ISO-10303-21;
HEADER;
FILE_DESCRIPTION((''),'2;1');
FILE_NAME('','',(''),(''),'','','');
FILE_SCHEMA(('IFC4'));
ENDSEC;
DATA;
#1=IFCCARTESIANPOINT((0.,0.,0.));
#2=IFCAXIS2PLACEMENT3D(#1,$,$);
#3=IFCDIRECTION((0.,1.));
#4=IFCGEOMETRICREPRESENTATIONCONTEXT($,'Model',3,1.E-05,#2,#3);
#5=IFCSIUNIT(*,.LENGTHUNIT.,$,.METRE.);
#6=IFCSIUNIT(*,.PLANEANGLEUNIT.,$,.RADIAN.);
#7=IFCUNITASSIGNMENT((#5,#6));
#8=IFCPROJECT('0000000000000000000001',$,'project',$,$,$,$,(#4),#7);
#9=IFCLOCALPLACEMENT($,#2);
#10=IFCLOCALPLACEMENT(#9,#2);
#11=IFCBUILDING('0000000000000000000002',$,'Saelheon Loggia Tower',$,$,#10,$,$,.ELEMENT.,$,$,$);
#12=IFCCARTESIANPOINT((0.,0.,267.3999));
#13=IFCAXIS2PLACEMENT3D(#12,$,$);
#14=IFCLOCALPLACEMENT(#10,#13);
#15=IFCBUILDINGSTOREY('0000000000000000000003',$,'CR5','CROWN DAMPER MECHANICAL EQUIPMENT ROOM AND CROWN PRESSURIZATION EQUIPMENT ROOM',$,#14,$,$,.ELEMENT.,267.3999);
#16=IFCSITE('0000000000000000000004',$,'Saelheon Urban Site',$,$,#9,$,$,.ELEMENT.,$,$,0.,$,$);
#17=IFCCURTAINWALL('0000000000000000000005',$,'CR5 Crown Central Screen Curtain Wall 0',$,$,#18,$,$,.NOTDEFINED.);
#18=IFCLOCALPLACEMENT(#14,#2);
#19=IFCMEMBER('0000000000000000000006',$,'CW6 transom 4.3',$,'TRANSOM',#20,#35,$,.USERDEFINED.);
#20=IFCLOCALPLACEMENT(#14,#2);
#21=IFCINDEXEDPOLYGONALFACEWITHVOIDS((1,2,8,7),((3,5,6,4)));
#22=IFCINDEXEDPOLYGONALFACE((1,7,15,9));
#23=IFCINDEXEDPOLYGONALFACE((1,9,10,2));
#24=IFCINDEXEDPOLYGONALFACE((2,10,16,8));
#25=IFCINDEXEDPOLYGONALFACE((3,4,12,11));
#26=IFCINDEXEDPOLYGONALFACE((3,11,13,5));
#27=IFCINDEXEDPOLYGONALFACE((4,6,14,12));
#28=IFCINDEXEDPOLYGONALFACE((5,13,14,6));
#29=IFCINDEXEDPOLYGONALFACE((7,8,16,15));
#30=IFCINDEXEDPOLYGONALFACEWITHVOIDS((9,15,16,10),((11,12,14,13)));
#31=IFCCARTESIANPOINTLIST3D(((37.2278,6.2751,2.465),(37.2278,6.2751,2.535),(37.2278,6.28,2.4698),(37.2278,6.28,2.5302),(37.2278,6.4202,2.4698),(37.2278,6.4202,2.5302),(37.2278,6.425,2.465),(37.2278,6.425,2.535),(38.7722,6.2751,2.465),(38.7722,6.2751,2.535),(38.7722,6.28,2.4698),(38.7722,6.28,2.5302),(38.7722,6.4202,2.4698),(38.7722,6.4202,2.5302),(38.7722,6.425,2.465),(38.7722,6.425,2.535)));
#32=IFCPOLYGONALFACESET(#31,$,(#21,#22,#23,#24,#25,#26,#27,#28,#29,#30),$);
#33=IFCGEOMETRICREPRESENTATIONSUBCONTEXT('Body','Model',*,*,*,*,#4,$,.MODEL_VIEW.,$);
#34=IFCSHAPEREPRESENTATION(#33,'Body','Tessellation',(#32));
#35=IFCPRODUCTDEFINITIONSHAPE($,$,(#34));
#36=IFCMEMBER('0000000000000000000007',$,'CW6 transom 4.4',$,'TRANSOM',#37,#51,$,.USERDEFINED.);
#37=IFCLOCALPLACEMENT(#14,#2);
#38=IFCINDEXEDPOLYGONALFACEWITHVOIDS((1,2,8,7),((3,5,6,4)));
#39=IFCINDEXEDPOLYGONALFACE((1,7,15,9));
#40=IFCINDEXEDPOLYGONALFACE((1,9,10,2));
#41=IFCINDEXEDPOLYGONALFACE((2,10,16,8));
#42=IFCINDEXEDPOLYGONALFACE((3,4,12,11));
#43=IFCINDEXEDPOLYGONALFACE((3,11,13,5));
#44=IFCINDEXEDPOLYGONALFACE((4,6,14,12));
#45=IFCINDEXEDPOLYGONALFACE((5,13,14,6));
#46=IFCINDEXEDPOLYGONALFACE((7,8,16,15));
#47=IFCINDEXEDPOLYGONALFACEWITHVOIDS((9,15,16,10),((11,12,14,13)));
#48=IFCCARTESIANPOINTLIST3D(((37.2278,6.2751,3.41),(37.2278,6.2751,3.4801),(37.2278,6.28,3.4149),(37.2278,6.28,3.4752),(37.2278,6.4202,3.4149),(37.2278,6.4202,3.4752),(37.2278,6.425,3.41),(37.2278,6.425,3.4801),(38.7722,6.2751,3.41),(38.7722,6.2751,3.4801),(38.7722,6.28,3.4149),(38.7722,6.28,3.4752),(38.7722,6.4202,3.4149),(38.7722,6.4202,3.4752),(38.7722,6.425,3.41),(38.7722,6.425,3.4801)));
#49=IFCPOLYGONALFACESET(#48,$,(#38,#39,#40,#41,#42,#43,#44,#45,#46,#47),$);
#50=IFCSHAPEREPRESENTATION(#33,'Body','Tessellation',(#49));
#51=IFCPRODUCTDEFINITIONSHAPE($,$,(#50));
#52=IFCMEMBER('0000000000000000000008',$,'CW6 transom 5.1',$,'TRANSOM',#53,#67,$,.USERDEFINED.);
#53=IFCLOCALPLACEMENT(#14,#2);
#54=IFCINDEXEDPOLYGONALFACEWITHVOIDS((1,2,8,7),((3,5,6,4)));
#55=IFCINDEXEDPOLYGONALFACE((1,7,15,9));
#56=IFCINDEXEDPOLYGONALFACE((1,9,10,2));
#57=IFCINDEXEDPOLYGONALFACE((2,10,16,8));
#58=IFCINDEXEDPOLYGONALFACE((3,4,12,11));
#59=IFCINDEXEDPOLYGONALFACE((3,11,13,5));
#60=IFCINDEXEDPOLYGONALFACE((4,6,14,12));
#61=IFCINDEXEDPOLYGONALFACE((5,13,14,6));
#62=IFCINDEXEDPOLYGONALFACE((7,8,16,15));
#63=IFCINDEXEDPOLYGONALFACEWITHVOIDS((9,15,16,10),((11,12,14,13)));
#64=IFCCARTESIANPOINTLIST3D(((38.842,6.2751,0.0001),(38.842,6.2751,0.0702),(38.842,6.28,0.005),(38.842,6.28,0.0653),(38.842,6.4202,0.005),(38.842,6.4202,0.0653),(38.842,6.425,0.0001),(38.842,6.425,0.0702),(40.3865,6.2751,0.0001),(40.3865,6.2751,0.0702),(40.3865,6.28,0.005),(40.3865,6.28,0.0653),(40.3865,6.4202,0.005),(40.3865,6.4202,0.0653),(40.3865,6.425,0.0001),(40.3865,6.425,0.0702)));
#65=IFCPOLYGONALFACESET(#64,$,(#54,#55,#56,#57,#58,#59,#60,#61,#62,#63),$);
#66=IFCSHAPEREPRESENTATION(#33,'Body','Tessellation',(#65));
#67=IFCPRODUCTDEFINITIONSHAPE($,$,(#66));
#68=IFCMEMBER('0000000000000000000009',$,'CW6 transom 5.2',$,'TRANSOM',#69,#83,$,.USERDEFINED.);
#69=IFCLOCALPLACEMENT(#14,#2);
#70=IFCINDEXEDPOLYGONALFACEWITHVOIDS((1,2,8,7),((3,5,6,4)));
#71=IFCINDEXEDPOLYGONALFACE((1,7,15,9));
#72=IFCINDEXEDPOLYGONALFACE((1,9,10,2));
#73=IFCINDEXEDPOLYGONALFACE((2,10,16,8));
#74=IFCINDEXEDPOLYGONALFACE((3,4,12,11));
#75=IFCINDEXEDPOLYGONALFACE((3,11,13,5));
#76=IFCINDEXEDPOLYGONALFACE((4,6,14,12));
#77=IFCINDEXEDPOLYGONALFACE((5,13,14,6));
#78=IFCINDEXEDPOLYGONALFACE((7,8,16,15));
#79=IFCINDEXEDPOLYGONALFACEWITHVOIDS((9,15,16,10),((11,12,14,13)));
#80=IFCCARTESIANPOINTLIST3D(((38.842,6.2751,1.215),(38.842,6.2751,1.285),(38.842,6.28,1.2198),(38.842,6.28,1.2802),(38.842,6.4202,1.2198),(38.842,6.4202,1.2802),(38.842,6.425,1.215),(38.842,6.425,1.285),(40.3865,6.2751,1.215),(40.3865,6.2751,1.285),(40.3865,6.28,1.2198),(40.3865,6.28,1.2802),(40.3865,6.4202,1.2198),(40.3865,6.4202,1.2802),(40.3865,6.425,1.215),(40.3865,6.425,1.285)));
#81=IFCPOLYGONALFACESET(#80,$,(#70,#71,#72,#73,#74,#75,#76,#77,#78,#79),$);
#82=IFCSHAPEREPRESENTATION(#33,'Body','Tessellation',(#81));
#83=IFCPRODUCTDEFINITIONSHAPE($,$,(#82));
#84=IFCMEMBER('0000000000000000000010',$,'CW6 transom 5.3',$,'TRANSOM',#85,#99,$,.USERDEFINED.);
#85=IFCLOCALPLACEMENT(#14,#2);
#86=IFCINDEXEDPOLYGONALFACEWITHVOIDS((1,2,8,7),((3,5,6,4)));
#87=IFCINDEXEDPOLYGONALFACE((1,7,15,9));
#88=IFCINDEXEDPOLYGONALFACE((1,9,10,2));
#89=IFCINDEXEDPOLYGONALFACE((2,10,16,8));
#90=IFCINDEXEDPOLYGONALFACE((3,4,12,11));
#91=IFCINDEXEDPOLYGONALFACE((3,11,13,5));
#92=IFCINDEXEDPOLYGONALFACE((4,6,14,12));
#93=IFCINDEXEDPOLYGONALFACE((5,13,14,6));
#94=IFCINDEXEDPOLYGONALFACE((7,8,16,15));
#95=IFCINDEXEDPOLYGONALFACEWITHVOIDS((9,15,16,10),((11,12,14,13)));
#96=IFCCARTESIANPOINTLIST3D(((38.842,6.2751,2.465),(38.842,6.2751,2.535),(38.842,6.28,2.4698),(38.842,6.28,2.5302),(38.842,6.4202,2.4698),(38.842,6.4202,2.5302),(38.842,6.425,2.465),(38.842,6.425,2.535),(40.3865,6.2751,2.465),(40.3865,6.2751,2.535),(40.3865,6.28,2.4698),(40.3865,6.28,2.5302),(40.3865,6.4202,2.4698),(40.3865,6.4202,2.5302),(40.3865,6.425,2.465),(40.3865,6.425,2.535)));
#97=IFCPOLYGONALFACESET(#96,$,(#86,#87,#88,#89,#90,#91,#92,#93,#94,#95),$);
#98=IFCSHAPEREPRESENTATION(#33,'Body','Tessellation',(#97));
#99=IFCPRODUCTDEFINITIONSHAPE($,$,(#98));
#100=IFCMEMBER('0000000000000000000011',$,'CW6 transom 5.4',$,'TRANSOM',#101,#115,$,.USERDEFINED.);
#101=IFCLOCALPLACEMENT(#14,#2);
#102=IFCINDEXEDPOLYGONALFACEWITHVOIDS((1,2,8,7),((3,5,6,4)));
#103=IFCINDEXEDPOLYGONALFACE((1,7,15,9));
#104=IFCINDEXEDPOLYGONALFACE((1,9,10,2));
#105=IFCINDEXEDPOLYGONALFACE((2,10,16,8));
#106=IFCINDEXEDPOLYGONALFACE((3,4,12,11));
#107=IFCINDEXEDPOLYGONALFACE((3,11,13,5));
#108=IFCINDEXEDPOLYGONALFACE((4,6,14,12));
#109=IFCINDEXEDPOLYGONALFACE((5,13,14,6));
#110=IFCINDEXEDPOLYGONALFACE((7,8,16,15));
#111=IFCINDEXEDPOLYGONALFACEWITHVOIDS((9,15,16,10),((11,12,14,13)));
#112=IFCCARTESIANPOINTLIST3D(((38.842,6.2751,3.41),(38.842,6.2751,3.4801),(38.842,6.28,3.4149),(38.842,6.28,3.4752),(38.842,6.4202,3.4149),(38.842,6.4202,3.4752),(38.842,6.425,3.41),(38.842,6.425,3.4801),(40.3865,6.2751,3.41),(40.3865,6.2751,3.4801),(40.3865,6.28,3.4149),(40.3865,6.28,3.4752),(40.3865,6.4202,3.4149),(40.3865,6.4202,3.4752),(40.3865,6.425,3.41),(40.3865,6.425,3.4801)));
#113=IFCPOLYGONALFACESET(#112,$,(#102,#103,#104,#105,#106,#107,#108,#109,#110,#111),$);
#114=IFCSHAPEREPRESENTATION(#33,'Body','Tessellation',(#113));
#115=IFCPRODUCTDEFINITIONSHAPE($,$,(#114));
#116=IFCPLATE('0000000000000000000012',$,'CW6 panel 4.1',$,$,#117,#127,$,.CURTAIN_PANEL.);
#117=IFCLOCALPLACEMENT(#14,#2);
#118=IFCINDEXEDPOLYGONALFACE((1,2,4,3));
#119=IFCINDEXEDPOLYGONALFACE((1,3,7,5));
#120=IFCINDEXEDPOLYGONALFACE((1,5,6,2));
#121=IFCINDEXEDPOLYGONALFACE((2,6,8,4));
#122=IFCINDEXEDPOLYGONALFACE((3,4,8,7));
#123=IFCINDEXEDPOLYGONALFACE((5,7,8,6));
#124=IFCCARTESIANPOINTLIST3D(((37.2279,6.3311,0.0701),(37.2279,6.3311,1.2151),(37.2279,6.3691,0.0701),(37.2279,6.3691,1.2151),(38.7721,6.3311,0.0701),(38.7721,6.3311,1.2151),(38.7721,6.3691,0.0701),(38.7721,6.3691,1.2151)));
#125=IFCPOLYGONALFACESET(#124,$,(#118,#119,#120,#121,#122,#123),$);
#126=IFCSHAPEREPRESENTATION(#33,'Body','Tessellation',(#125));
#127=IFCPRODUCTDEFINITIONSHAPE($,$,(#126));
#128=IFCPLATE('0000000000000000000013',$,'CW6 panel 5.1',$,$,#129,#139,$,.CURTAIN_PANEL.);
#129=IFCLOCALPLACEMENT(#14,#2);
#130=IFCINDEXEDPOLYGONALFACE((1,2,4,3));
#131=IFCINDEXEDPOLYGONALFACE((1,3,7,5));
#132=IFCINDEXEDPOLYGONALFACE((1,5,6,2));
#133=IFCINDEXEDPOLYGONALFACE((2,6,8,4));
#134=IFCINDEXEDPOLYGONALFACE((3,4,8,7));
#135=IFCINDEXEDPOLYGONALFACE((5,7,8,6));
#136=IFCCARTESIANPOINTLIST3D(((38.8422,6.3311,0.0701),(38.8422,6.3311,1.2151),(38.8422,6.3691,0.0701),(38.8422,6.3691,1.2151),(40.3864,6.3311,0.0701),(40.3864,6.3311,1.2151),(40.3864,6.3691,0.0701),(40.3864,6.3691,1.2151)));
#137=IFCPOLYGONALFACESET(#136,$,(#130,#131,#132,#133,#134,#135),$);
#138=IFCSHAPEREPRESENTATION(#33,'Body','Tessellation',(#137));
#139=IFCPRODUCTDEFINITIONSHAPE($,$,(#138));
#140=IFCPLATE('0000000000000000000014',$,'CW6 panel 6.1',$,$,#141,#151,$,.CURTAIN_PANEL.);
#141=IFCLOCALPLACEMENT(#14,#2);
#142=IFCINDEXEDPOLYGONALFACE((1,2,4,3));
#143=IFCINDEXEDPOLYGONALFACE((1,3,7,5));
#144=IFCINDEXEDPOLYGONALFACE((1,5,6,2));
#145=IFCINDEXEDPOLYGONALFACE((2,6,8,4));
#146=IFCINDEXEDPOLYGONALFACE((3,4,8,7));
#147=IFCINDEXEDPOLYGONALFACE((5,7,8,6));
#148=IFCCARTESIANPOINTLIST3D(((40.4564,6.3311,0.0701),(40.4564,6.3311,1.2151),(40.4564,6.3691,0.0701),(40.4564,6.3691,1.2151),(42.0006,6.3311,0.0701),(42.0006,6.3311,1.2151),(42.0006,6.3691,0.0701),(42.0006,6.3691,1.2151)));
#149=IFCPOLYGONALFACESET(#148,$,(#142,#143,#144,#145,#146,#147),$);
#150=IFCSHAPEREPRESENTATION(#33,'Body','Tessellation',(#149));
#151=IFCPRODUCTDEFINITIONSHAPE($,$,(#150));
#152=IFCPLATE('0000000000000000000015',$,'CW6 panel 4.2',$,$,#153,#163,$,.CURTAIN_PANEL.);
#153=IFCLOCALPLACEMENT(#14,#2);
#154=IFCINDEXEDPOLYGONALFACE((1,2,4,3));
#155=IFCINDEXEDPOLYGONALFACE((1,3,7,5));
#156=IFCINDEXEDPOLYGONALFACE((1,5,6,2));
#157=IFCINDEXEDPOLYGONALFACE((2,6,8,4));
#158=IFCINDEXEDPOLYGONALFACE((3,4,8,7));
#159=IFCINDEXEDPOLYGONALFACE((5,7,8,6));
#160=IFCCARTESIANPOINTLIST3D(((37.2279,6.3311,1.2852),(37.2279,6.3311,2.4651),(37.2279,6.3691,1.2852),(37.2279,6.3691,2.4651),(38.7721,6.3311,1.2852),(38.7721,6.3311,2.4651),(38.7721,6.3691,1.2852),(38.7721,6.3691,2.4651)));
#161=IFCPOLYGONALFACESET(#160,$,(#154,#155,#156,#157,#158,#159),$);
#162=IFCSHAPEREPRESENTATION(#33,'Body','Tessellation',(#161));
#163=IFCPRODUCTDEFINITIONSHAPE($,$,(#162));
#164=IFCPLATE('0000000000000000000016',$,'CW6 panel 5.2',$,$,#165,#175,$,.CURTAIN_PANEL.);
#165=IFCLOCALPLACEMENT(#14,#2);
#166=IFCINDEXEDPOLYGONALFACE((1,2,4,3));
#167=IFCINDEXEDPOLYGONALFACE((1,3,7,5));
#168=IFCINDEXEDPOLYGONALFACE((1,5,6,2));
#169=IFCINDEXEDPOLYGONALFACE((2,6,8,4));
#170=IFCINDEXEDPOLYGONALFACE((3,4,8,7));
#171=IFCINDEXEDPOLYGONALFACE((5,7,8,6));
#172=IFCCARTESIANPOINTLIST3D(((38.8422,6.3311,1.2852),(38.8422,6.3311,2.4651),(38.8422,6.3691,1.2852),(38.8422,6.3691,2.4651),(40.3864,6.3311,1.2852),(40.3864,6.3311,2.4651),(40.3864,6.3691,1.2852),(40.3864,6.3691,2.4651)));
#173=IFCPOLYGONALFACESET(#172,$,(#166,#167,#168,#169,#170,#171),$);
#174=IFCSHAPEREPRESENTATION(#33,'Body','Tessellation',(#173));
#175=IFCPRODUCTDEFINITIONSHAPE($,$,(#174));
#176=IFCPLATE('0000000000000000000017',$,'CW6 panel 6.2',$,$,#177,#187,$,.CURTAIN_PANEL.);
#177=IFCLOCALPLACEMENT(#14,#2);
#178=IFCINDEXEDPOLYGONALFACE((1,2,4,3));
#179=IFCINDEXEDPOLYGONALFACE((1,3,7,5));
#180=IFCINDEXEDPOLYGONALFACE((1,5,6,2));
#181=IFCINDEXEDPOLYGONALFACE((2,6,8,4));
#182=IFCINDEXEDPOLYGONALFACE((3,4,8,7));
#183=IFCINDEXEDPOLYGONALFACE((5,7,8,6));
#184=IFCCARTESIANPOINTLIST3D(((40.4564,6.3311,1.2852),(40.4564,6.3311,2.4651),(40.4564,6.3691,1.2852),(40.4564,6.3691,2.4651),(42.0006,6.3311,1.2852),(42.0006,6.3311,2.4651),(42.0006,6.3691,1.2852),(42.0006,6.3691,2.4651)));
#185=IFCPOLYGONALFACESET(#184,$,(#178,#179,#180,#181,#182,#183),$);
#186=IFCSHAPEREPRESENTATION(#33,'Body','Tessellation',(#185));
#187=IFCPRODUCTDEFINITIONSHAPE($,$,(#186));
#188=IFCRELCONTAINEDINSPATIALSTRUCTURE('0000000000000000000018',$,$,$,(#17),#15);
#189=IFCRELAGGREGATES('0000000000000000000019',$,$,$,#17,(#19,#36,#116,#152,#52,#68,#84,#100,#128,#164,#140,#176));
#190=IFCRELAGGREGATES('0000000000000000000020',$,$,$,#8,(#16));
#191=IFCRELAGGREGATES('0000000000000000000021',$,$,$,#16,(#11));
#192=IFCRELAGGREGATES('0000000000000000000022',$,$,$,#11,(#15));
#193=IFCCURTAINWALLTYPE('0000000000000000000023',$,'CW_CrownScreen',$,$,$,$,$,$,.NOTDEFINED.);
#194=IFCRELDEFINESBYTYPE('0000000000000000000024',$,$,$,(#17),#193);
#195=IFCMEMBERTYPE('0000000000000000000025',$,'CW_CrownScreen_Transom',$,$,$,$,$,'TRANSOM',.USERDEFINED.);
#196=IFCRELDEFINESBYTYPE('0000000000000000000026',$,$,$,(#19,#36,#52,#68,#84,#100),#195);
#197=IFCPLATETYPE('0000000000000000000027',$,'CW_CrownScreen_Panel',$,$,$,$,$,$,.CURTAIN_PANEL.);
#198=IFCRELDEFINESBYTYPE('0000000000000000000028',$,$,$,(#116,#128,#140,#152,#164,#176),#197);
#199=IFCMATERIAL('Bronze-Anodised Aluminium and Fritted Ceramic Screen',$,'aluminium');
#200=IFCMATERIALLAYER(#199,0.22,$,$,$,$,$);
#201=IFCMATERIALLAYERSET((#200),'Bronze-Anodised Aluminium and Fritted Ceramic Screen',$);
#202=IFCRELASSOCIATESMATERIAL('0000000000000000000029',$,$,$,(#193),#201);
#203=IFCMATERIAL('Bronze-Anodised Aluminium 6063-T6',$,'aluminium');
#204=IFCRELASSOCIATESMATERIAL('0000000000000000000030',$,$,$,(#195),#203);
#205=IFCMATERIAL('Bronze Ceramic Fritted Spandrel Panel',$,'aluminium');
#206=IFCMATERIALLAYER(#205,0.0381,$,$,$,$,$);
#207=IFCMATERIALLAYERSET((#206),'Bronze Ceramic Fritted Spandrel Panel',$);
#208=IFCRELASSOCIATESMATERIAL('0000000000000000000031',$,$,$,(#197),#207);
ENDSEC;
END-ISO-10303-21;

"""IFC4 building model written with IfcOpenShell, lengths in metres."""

from ifc_helpers import new_model, si_unit, direction, frame, origin, origin_2d, place, context, subcontext, project, spatial, rectangle, hollow_rectangle, extrude, source, transform, mapped, material, layer, layer_set, material_profile, profile_set, type_object, element, aggregate, save


model = new_model("IFC4")

# Units and contexts
model_context = context("Model", 3, precision=1e-05, world=origin(), true_north=direction((0.0, 1.0)))
body_context = subcontext(model_context, "Body", "Model", "MODEL_VIEW")
ifc_project = project(units=[si_unit("LENGTHUNIT", "METRE"), si_unit("PLANEANGLEUNIT", "RADIAN")], contexts=[model_context])

# Site, building, storey
site_placement = place(None, origin())
site = spatial("IfcSite", under=ifc_project, at=site_placement, Name="Saelheon Urban Site", CompositionType="ELEMENT", RefElevation=0.0)
building_placement = place(site_placement, origin())
building = spatial("IfcBuilding", under=site, at=building_placement, Name="Saelheon Loggia Tower", CompositionType="ELEMENT")
storey_placement = place(building_placement, frame((0.0, 0.0, 267.3999)))
storey = spatial("IfcBuildingStorey", under=building, at=storey_placement, Name="CR5", Description="CROWN DAMPER MECHANICAL EQUIPMENT ROOM AND CROWN PRESSURIZATION EQUIPMENT ROOM", CompositionType="ELEMENT", Elevation=267.3999)

# Curtain wall, members, plates
ifc_material_1 = material(Name="Bronze-Anodised Aluminium and Fritted Ceramic Screen", Category="aluminium")
ifc_layer_1 = layer(ifc_material_1, 0.22)
ifc_layer_set_1 = layer_set([ifc_layer_1], Name="Bronze-Anodised Aluminium and Fritted Ceramic Screen")
curtain_wall_type = type_object("IfcCurtainWallType", Name="CW_CrownScreen", PredefinedType="NOTDEFINED", material=ifc_layer_set_1)
curtain_wall_placement = place(storey_placement, origin())
curtain_wall = element("IfcCurtainWall", 1, at=curtain_wall_placement, inside=storey, type_object=curtain_wall_type, Name="CR5 Crown Central Screen Curtain Wall 0", PredefinedType="NOTDEFINED")
ifc_material_2 = material(Name="Bronze-Anodised Aluminium 6063-T6", Category="aluminium")
ifc_material_profile_1 = material_profile(ifc_material_2, hollow_rectangle(XDim=0.0701, YDim=0.1499, WallThickness=0.0049, at=origin_2d()), Name="RHS-150x70x5")
ifc_profile_set_1 = profile_set([ifc_material_profile_1], Name="Bronze-Anodised Aluminium 6063-T6")
member_type_1 = type_object("IfcMemberType", Name="CW_CrownScreen_Transom", ElementType="TRANSOM", PredefinedType="USERDEFINED", material=ifc_profile_set_1)
shared_shape_1 = source(origin(), body_context, "Body", "SweptSolid", [
    extrude(hollow_rectangle(XDim=0.0701, YDim=0.1499, WallThickness=0.0049, at=origin_2d()), origin(), (0.0, 0.0, 1.0), 1.5444),
])
member_1_placement = place(storey_placement, frame((37.2278, 6.3501, 2.5), z_axis=(1.0, 0.0, 0.0), x_axis=(0.0, 0.0, 1.0)))
member_1 = element("IfcMember", 2, at=member_1_placement, type_object=member_type_1, Name="CW6 transom 4.3", ObjectType="TRANSOM", PredefinedType="USERDEFINED", context=body_context, shape_type="MappedRepresentation", body=[
    mapped(shared_shape_1, transform((0.0, 0.0, 0.0), scale=1.0)),
])
member_2_placement = place(storey_placement, frame((37.2278, 6.3501, 3.4451), z_axis=(1.0, 0.0, 0.0), x_axis=(0.0, 0.0, 1.0)))
member_2 = element("IfcMember", 3, at=member_2_placement, type_object=member_type_1, Name="CW6 transom 4.4", ObjectType="TRANSOM", PredefinedType="USERDEFINED", context=body_context, shape_type="MappedRepresentation", body=[
    mapped(shared_shape_1, transform((0.0, 0.0, 0.0), scale=1.0)),
])
member_3_placement = place(storey_placement, frame((38.842, 6.3501, 0.0352), z_axis=(1.0, 0.0, 0.0), x_axis=(0.0, 0.0, 1.0)))
member_3 = element("IfcMember", 4, at=member_3_placement, type_object=member_type_1, Name="CW6 transom 5.1", ObjectType="TRANSOM", PredefinedType="USERDEFINED", context=body_context, shape_type="MappedRepresentation", body=[
    mapped(shared_shape_1, transform((0.0, 0.0, 0.0), scale=1.0)),
])
member_4_placement = place(storey_placement, frame((38.842, 6.3501, 1.25), z_axis=(1.0, 0.0, 0.0), x_axis=(0.0, 0.0, 1.0)))
member_4 = element("IfcMember", 5, at=member_4_placement, type_object=member_type_1, Name="CW6 transom 5.2", ObjectType="TRANSOM", PredefinedType="USERDEFINED", context=body_context, shape_type="MappedRepresentation", body=[
    mapped(shared_shape_1, transform((0.0, 0.0, 0.0), scale=1.0)),
])
member_5_placement = place(storey_placement, frame((38.842, 6.3501, 2.5), z_axis=(1.0, 0.0, 0.0), x_axis=(0.0, 0.0, 1.0)))
member_5 = element("IfcMember", 6, at=member_5_placement, type_object=member_type_1, Name="CW6 transom 5.3", ObjectType="TRANSOM", PredefinedType="USERDEFINED", context=body_context, shape_type="MappedRepresentation", body=[
    mapped(shared_shape_1, transform((0.0, 0.0, 0.0), scale=1.0)),
])
member_6_placement = place(storey_placement, frame((38.842, 6.3501, 3.4451), z_axis=(1.0, 0.0, 0.0), x_axis=(0.0, 0.0, 1.0)))
member_6 = element("IfcMember", 7, at=member_6_placement, type_object=member_type_1, Name="CW6 transom 5.4", ObjectType="TRANSOM", PredefinedType="USERDEFINED", context=body_context, shape_type="MappedRepresentation", body=[
    mapped(shared_shape_1, transform((0.0, 0.0, 0.0), scale=1.0)),
])
ifc_material_3 = material(Name="Bronze Ceramic Fritted Spandrel Panel", Category="aluminium")
ifc_layer_2 = layer(ifc_material_3, 0.0381)
ifc_layer_set_2 = layer_set([ifc_layer_2], Name="Bronze Ceramic Fritted Spandrel Panel")
plate_type = type_object("IfcPlateType", Name="CW_CrownScreen_Panel", PredefinedType="CURTAIN_PANEL", material=ifc_layer_set_2)
shared_shape_2 = source(origin(), body_context, "Body", "SweptSolid", [
    extrude(rectangle(XDim=1.5442, YDim=0.0381, at=origin_2d()), origin(), (0.0, 0.0, 1.0), 1.145),
])
plate_1_placement = place(storey_placement, frame((38.0, 6.3501, 0.0701), z_axis=(0.0, 0.0, 1.0), x_axis=(1.0, 0.0, 0.0)))
plate_1 = element("IfcPlate", 8, at=plate_1_placement, type_object=plate_type, Name="CW6 panel 4.1", PredefinedType="CURTAIN_PANEL", context=body_context, shape_type="MappedRepresentation", body=[
    mapped(shared_shape_2, transform((0.0, 0.0, 0.0), scale=1.0)),
])
plate_2_placement = place(storey_placement, frame((39.6143, 6.3501, 0.0701), z_axis=(0.0, 0.0, 1.0), x_axis=(1.0, 0.0, 0.0)))
plate_2 = element("IfcPlate", 9, at=plate_2_placement, type_object=plate_type, Name="CW6 panel 5.1", PredefinedType="CURTAIN_PANEL", context=body_context, shape_type="MappedRepresentation", body=[
    mapped(shared_shape_2, transform((0.0, 0.0, 0.0), scale=1.0)),
])
plate_3_placement = place(storey_placement, frame((41.2285, 6.3501, 0.0701), z_axis=(0.0, 0.0, 1.0), x_axis=(1.0, 0.0, 0.0)))
plate_3 = element("IfcPlate", 10, at=plate_3_placement, type_object=plate_type, Name="CW6 panel 6.1", PredefinedType="CURTAIN_PANEL", context=body_context, shape_type="MappedRepresentation", body=[
    mapped(shared_shape_2, transform((0.0, 0.0, 0.0), scale=1.0)),
])
shared_shape_3 = source(origin(), body_context, "Body", "SweptSolid", [
    extrude(rectangle(XDim=1.5442, YDim=0.0381, at=origin_2d()), origin(), (0.0, 0.0, 1.0), 1.1799),
])
plate_4_placement = place(storey_placement, frame((38.0, 6.3501, 1.2852), z_axis=(0.0, 0.0, 1.0), x_axis=(1.0, 0.0, 0.0)))
plate_4 = element("IfcPlate", 11, at=plate_4_placement, type_object=plate_type, Name="CW6 panel 4.2", PredefinedType="CURTAIN_PANEL", context=body_context, shape_type="MappedRepresentation", body=[
    mapped(shared_shape_3, transform((0.0, 0.0, 0.0), scale=1.0)),
])
plate_5_placement = place(storey_placement, frame((39.6143, 6.3501, 1.2852), z_axis=(0.0, 0.0, 1.0), x_axis=(1.0, 0.0, 0.0)))
plate_5 = element("IfcPlate", 12, at=plate_5_placement, type_object=plate_type, Name="CW6 panel 5.2", PredefinedType="CURTAIN_PANEL", context=body_context, shape_type="MappedRepresentation", body=[
    mapped(shared_shape_3, transform((0.0, 0.0, 0.0), scale=1.0)),
])
plate_6_placement = place(storey_placement, frame((41.2285, 6.3501, 1.2852), z_axis=(0.0, 0.0, 1.0), x_axis=(1.0, 0.0, 0.0)))
plate_6 = element("IfcPlate", 13, at=plate_6_placement, type_object=plate_type, Name="CW6 panel 6.2", PredefinedType="CURTAIN_PANEL", context=body_context, shape_type="MappedRepresentation", body=[
    mapped(shared_shape_3, transform((0.0, 0.0, 0.0), scale=1.0)),
])
aggregate(curtain_wall, [member_1, member_2, plate_1, plate_4, member_3, member_4, member_5, member_6, plate_2, plate_5, plate_3, plate_6])

save(model, "model.ifc")
